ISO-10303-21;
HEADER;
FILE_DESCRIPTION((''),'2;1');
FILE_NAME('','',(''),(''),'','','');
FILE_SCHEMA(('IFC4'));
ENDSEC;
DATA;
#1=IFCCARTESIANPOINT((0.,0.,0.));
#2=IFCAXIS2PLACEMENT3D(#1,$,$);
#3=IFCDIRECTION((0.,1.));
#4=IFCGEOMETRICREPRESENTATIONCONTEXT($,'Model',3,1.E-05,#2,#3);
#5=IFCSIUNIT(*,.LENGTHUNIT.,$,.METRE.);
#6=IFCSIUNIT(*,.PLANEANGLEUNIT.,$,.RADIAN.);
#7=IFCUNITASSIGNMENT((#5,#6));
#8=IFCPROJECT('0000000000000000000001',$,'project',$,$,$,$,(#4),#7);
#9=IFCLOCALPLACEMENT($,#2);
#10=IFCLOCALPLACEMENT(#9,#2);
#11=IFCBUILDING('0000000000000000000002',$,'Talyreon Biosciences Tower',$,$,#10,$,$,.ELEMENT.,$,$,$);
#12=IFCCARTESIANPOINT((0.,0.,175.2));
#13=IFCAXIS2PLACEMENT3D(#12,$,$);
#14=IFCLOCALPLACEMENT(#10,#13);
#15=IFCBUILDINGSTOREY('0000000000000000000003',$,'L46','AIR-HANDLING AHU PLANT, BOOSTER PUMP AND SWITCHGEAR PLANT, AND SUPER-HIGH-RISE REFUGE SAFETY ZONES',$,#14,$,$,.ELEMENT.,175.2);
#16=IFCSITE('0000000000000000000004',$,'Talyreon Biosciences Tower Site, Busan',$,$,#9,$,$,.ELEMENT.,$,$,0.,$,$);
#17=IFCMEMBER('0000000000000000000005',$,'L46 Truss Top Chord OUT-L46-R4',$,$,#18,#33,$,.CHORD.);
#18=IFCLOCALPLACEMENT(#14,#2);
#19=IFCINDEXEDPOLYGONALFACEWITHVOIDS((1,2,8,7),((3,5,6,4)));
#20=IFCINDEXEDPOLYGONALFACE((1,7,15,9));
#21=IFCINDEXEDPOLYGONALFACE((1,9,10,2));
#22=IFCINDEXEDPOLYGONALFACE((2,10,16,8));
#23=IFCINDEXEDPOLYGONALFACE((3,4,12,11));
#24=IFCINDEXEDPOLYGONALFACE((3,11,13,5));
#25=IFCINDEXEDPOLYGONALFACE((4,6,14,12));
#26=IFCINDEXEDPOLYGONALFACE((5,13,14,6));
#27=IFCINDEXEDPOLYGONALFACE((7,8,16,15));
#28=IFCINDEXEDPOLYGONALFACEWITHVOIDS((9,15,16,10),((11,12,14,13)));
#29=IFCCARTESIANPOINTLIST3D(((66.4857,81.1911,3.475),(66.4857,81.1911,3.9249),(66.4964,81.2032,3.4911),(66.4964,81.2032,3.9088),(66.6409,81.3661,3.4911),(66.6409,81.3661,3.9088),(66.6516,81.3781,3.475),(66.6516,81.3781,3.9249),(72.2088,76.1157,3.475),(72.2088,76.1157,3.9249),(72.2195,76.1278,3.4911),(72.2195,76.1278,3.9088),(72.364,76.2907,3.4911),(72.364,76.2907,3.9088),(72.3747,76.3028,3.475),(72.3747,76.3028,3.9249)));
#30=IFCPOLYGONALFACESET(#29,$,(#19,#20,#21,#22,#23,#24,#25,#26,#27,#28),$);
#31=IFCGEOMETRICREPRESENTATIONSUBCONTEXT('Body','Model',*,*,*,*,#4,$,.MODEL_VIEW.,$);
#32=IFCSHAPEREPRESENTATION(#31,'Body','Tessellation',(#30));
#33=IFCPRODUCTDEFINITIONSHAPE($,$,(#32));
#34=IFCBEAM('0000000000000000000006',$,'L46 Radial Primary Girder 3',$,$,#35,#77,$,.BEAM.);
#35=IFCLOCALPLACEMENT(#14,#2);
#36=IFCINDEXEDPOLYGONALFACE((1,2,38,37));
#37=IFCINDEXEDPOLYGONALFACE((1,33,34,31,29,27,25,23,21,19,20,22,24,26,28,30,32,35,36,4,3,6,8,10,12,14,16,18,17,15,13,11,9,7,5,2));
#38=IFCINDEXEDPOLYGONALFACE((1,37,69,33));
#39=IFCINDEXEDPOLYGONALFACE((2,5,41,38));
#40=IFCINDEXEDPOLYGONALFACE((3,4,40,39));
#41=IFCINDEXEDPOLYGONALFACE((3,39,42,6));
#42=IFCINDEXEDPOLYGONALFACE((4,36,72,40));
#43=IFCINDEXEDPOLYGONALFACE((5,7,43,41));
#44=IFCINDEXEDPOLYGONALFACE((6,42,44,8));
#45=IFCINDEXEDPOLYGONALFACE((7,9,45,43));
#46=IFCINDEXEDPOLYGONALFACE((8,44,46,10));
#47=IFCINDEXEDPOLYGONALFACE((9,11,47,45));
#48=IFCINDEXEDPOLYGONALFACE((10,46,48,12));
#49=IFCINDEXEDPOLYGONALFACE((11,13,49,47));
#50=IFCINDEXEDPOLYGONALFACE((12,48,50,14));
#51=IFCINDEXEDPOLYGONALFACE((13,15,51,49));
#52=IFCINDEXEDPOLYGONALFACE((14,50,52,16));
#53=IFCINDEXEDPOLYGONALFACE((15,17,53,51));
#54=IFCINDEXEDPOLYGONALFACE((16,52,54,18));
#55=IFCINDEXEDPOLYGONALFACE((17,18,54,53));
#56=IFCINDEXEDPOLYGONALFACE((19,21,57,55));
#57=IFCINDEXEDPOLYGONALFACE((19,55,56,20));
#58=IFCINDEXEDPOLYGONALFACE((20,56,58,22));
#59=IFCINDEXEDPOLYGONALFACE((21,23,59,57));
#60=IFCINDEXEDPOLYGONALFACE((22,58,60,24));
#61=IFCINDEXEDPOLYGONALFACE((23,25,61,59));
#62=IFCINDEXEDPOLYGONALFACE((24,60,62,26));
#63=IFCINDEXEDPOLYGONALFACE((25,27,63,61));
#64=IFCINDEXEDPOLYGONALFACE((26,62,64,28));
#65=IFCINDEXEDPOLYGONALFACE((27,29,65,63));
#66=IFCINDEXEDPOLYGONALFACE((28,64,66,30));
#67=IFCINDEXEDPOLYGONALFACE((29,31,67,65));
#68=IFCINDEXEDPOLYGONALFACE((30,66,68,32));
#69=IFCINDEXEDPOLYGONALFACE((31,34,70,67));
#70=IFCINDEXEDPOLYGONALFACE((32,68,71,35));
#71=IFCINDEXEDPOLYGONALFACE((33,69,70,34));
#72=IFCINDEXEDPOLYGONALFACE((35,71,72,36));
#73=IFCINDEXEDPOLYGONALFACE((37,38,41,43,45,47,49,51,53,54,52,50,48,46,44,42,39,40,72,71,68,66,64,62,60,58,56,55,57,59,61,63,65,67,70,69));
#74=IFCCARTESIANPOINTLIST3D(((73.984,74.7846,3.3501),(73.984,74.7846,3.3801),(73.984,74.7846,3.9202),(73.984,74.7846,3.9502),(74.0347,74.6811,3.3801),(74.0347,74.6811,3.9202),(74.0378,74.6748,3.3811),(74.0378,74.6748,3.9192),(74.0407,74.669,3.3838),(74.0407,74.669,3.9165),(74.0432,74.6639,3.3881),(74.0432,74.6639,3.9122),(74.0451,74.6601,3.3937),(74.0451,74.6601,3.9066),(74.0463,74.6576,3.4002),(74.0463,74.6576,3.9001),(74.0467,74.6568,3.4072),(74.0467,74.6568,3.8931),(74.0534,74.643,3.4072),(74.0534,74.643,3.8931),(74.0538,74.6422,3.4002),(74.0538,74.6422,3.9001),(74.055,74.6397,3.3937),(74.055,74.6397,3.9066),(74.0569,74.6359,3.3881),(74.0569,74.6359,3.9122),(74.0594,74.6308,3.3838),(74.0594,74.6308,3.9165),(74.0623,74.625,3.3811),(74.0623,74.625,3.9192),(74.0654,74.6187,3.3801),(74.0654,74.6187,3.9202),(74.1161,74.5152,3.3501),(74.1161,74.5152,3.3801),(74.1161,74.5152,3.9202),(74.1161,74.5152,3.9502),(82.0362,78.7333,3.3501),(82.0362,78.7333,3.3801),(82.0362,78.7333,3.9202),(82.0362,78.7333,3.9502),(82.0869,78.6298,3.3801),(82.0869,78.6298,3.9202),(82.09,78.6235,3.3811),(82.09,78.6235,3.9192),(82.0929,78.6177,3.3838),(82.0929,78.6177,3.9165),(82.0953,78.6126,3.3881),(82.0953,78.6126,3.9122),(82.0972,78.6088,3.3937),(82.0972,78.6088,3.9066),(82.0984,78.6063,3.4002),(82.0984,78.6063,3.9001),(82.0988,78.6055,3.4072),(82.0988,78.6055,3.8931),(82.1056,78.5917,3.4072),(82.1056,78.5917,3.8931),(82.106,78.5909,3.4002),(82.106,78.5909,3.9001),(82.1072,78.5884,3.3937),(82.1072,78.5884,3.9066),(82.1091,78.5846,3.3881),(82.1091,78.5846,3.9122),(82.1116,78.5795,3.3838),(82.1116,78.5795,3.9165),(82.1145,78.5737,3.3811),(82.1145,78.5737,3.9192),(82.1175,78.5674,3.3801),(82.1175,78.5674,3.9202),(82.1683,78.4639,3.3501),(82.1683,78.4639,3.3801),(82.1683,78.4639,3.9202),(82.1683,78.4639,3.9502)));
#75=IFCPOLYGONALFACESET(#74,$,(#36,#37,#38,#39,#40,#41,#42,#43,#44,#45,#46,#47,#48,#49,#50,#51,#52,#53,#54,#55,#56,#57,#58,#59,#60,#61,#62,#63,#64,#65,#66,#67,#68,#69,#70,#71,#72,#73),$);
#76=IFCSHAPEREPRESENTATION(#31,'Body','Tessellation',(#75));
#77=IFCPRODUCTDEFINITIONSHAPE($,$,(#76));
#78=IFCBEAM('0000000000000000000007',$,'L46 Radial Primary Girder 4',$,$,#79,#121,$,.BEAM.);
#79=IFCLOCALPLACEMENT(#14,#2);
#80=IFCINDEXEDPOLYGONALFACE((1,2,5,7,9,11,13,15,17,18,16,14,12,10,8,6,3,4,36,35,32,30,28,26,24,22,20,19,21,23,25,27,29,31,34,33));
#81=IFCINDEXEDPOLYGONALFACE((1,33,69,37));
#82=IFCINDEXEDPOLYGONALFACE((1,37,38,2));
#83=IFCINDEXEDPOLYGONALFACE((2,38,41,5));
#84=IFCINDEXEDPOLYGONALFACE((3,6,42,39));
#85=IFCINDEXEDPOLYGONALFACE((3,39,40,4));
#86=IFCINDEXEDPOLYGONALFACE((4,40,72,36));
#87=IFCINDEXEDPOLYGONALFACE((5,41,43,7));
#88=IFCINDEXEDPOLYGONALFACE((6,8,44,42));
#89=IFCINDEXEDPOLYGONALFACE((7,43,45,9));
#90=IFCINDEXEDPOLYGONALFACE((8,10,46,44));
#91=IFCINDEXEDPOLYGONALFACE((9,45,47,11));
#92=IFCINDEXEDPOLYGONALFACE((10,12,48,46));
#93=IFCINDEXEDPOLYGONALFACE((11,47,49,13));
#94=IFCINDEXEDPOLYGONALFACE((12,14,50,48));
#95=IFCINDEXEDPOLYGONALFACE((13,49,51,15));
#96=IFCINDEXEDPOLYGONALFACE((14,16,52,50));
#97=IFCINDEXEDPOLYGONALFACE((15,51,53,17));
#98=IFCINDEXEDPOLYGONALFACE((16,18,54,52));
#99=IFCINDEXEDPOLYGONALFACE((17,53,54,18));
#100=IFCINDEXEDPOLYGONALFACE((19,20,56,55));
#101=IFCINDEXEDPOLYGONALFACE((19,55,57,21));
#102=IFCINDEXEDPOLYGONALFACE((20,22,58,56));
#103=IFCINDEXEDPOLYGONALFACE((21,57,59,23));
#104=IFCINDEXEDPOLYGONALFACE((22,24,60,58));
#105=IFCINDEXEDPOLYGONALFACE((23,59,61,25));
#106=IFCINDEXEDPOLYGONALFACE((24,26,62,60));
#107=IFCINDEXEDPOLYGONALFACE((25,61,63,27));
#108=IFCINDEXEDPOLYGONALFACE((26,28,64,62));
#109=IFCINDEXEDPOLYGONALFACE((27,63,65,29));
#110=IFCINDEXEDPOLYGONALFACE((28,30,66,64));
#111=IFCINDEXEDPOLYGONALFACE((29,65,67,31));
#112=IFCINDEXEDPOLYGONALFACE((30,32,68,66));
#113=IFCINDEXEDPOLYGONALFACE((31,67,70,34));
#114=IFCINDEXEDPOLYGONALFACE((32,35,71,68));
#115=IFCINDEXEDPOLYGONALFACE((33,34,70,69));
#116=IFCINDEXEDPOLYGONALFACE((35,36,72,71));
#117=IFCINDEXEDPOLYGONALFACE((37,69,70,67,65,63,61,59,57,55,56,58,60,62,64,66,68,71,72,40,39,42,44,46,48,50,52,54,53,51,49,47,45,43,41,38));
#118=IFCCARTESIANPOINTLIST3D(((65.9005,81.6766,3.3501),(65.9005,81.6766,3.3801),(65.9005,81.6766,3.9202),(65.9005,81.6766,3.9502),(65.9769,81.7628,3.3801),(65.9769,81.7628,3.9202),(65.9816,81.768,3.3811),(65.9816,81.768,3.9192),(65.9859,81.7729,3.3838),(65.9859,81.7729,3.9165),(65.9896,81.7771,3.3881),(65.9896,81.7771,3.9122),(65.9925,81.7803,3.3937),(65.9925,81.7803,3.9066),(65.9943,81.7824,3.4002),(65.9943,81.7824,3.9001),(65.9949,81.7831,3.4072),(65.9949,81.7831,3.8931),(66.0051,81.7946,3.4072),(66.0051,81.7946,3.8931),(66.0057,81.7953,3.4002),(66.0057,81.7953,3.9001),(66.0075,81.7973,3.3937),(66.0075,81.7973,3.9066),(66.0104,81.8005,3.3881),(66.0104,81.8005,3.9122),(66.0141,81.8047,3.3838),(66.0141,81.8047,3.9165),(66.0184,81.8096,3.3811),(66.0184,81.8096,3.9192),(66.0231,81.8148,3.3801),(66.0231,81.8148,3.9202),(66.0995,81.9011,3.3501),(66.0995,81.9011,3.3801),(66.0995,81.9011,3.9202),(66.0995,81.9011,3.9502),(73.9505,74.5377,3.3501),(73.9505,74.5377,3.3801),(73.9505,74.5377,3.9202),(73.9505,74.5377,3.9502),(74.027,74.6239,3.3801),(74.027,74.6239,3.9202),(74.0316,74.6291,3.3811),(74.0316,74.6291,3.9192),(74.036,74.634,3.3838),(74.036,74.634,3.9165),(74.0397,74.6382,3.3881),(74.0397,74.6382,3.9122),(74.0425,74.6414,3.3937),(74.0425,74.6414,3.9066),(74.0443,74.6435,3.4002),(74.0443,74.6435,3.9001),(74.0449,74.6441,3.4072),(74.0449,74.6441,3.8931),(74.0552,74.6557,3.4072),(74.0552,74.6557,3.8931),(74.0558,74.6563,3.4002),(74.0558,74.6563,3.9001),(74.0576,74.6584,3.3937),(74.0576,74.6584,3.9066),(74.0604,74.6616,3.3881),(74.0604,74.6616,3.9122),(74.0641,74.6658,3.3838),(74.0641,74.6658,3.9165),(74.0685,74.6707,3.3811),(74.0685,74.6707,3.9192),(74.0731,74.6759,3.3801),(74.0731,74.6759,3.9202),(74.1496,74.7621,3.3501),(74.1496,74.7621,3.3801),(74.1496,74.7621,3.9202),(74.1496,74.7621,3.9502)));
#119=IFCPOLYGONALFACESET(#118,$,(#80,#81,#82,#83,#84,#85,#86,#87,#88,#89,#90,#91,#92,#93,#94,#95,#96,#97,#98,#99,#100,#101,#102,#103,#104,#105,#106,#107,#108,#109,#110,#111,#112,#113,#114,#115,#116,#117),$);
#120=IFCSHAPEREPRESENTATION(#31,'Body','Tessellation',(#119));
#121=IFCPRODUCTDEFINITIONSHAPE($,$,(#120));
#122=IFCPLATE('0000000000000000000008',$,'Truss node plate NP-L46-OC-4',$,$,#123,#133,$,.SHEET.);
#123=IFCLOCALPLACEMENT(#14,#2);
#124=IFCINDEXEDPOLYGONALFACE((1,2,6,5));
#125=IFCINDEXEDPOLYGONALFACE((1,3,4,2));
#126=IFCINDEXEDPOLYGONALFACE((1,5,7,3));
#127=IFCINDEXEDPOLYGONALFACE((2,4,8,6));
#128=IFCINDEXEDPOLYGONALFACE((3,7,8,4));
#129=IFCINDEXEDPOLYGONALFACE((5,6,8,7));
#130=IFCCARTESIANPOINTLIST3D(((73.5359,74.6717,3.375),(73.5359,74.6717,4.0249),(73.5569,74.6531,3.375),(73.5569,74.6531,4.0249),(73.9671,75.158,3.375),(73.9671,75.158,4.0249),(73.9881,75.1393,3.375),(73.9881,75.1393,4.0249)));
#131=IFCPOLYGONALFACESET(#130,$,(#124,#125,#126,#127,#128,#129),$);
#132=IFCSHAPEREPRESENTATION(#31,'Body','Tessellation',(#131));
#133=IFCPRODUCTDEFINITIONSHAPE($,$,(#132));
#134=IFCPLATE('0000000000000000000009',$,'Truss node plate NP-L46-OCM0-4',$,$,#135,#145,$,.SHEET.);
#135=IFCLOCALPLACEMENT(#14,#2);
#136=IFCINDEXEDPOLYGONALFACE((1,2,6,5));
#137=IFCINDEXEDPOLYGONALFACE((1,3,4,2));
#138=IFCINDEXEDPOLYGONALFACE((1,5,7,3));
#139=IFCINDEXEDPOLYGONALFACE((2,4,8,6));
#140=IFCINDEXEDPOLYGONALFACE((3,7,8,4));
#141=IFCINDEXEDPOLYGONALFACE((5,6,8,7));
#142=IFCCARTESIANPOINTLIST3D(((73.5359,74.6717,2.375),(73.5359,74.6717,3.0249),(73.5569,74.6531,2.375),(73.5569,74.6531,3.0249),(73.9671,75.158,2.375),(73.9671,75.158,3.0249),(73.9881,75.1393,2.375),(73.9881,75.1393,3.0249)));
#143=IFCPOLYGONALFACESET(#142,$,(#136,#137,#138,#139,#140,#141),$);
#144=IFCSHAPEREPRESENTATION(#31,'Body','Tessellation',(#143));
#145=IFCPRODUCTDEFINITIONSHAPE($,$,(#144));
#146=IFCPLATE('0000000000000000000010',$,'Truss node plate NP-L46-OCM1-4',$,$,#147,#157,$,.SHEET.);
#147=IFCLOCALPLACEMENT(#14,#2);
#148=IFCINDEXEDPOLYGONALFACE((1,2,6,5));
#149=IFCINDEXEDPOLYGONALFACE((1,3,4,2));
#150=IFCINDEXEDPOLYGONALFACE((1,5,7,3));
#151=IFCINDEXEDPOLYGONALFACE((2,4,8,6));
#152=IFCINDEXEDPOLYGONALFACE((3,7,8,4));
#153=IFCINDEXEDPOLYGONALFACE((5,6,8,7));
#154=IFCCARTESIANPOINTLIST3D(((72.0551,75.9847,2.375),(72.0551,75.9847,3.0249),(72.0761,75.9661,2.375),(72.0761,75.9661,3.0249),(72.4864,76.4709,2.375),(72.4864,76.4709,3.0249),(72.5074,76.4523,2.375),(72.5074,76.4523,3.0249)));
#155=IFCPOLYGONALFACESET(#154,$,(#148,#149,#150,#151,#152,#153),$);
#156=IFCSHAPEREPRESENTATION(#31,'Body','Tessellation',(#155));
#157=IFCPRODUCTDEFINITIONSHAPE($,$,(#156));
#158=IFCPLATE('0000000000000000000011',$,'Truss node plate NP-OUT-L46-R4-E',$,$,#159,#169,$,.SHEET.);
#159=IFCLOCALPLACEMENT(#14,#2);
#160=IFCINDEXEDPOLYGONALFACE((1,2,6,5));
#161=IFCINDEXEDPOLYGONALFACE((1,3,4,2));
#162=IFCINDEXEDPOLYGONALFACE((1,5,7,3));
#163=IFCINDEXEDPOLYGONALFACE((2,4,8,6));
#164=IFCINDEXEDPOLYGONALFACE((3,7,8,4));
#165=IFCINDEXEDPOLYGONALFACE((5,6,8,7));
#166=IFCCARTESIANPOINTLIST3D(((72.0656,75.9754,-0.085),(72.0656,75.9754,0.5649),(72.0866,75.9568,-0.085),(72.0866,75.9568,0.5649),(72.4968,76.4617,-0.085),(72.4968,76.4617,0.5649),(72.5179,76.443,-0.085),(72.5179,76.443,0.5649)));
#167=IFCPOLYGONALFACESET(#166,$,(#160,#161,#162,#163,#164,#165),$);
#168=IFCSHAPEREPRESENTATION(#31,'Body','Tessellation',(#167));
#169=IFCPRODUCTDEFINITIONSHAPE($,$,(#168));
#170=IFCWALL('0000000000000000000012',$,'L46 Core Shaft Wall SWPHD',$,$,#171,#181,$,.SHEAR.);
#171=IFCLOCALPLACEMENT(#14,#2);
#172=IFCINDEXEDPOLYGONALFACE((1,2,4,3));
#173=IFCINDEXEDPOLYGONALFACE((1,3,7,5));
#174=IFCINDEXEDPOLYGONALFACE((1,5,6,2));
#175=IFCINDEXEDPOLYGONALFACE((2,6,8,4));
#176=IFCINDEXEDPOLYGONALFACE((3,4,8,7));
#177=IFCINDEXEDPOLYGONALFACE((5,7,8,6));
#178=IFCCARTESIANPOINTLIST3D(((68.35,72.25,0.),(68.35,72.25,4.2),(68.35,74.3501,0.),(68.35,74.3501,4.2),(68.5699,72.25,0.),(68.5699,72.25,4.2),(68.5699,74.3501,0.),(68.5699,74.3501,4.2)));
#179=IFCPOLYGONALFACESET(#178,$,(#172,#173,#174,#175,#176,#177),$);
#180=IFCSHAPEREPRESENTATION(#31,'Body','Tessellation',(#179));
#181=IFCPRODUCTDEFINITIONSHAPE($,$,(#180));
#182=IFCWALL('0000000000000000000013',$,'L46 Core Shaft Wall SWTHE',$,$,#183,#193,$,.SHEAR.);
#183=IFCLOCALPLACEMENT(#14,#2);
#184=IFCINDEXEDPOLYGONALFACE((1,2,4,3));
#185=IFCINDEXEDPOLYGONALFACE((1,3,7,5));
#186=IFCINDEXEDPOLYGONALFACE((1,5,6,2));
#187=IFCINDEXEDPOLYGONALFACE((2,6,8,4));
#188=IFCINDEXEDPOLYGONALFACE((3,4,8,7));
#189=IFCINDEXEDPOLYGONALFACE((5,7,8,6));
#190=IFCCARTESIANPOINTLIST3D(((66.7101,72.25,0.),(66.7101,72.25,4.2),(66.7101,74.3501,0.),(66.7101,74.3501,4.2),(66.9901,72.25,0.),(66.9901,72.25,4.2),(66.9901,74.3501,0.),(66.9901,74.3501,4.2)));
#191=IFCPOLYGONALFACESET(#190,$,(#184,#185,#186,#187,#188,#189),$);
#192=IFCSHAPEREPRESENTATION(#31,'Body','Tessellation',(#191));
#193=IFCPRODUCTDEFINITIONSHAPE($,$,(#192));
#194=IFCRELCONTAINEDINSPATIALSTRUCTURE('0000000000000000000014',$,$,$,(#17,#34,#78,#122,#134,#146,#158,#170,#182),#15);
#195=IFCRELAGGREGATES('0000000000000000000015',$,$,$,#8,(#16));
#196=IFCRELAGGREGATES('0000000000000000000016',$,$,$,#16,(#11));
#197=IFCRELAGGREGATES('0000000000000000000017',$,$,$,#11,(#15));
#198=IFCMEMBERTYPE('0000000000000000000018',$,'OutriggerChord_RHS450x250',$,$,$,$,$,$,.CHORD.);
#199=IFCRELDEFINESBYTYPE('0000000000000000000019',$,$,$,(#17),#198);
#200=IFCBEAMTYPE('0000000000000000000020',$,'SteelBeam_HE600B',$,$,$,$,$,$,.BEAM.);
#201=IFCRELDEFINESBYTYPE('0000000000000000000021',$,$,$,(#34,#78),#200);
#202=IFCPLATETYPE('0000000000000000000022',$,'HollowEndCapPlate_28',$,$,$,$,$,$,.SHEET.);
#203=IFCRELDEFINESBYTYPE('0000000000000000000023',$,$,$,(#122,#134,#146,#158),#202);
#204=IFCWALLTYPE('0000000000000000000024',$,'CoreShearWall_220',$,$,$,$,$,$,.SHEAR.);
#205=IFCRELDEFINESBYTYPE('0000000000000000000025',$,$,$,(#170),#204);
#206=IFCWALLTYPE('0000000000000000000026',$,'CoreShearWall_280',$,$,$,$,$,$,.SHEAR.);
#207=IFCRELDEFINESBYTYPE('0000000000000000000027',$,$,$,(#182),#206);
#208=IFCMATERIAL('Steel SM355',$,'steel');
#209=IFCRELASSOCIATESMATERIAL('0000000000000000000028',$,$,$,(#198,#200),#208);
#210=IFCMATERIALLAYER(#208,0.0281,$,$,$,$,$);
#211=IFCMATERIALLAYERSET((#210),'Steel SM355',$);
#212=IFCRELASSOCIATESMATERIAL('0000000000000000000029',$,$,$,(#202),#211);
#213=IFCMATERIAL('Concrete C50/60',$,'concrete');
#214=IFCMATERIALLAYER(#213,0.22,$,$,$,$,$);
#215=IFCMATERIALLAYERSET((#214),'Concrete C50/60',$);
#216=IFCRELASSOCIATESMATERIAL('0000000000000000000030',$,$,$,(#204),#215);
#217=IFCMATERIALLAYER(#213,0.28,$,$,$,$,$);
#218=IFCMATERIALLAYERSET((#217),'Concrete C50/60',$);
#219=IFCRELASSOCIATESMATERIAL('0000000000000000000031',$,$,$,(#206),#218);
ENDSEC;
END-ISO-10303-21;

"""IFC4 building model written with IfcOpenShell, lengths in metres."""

from ifc_helpers import new_model, si_unit, direction, frame, frame_2d, origin, origin_2d, place, context, subcontext, project, spatial, rectangle, hollow_rectangle, i_section, extrude, material, layer, layer_set, material_profile, profile_set, type_object, element, save


model = new_model("IFC4")

# Units and contexts
model_context = context("Model", 3, precision=1e-05, world=origin(), true_north=direction((0.0, 1.0)))
body_context = subcontext(model_context, "Body", "Model", "MODEL_VIEW")
ifc_project = project(units=[si_unit("LENGTHUNIT", "METRE"), si_unit("PLANEANGLEUNIT", "RADIAN")], contexts=[model_context])

# Site, building, storey
site_placement = place(None, origin())
site = spatial("IfcSite", under=ifc_project, at=site_placement, Name="Talyreon Biosciences Tower Site, Busan", CompositionType="ELEMENT", RefElevation=0.0)
building_placement = place(site_placement, origin())
building = spatial("IfcBuilding", under=site, at=building_placement, Name="Talyreon Biosciences Tower", CompositionType="ELEMENT")
storey_placement = place(building_placement, frame((0.0, 0.0, 175.2)))
storey = spatial("IfcBuildingStorey", under=building, at=storey_placement, Name="L46", Description="AIR-HANDLING AHU PLANT, BOOSTER PUMP AND SWITCHGEAR PLANT, AND SUPER-HIGH-RISE REFUGE SAFETY ZONES", CompositionType="ELEMENT", Elevation=175.2)

# Shared definitions
ifc_material_1 = material(Name="Concrete C50/60", Category="concrete")

# Member
ifc_material_2 = material(Name="Steel SM355", Category="steel")
ifc_material_profile_1 = material_profile(ifc_material_2, hollow_rectangle(XDim=0.25, YDim=0.45, WallThickness=0.0161, at=origin_2d()), Name="RHS 450x250x16")
ifc_profile_set_1 = profile_set([ifc_material_profile_1], Name="Steel SM355")
member_type_1 = type_object("IfcMemberType", Name="OutriggerChord_RHS450x250", PredefinedType="CHORD", material=ifc_profile_set_1)
for number, where, z_axis, x_axis, name in (
    (1, (72.2917, 76.2092, 3.7), (-0.748175, 0.663502, 0.0), (-0.663502, -0.748175, 0.0), "L46 Truss Top Chord OUT-L46-R4"),
):
    element("IfcMember", number, at=place(storey_placement, frame(where, z_axis=z_axis, x_axis=x_axis)), inside=storey, type_object=member_type_1, Name=name, PredefinedType="CHORD", context=body_context, shape_type="SweptSolid", body=[
        extrude(hollow_rectangle(XDim=0.25, YDim=0.45, WallThickness=0.0161, at=origin_2d()), origin(), (0.0, 0.0, 1.0), 7.6494),
    ])

# Beams
ifc_material_profile_2 = material_profile(ifc_material_2, i_section(OverallWidth=0.3, OverallDepth=0.6001, WebThickness=0.0154, FlangeThickness=0.03, FilletRadius=0.0271, at=origin_2d()), Name="HE600B")
ifc_profile_set_2 = profile_set([ifc_material_profile_2], Name="Steel SM355")
beam_type = type_object("IfcBeamType", Name="SteelBeam_HE600B", PredefinedType="BEAM", material=ifc_profile_set_2)
beam_1_placement = place(storey_placement, frame((74.05, 74.6499, 3.6501), z_axis=(0.897852, 0.440297, 0.0), x_axis=(-0.440297, 0.897852, 0.0)))
element("IfcBeam", 2, at=beam_1_placement, inside=storey, type_object=beam_type, Name="L46 Radial Primary Girder 3", PredefinedType="BEAM", context=body_context, shape_type="SweptSolid", body=[
    extrude(i_section(OverallWidth=0.3, OverallDepth=0.6001, WebThickness=0.0154, FlangeThickness=0.03, FilletRadius=0.0271, at=origin_2d()), origin(), (0.0, 0.0, 1.0), 8.9683),
])
beam_2_placement = place(storey_placement, frame((74.05, 74.6499, 3.6501), z_axis=(-0.748179, 0.663497, 0.0), x_axis=(-0.663497, -0.748179, 0.0)))
element("IfcBeam", 3, at=beam_2_placement, inside=storey, type_object=beam_type, Name="L46 Radial Primary Girder 4", PredefinedType="BEAM", context=body_context, shape_type="SweptSolid", body=[
    extrude(i_section(OverallWidth=0.3, OverallDepth=0.6001, WebThickness=0.0154, FlangeThickness=0.03, FilletRadius=0.0271, at=origin_2d()), origin(), (0.0, 0.0, 1.0), 10.7595),
])

# Plates
ifc_layer_1 = layer(ifc_material_2, 0.0281)
ifc_layer_set_1 = layer_set([ifc_layer_1], Name="Steel SM355")
plate_type = type_object("IfcPlateType", Name="HollowEndCapPlate_28", PredefinedType="SHEET", material=ifc_layer_set_1)
for number, where, z_axis, x_axis, name in (
    (4, (73.762, 74.9055, 3.375), (0.0, 0.0, 1.0), (-0.663495, -0.74818, 0.0), "Truss node plate NP-L46-OC-4"),
    (5, (73.762, 74.9055, 2.375), (0.0, 0.0, 1.0), (-0.663495, -0.74818, 0.0), "Truss node plate NP-L46-OCM0-4"),
    (6, (72.2812, 76.2185, 2.375), (0.0, 0.0, 1.0), (-0.663495, -0.74818, 0.0), "Truss node plate NP-L46-OCM1-4"),
    (7, (72.2917, 76.2092, -0.085), (0.0, 0.0, 1.0), (-0.663495, -0.74818, 0.0), "Truss node plate NP-OUT-L46-R4-E"),
):
    element("IfcPlate", number, at=place(storey_placement, frame(where, z_axis=z_axis, x_axis=x_axis)), inside=storey, type_object=plate_type, Name=name, PredefinedType="SHEET", context=body_context, shape_type="SweptSolid", body=[
        extrude(rectangle(XDim=0.6499, YDim=0.0281, at=origin_2d()), origin(), (0.0, 0.0, 1.0), 0.6499),
    ])

# Walls
ifc_layer_2 = layer(ifc_material_1, 0.22)
ifc_layer_set_2 = layer_set([ifc_layer_2], Name="Concrete C50/60")
wall_type_1 = type_object("IfcWallType", Name="CoreShearWall_220", PredefinedType="SHEAR", material=ifc_layer_set_2)
wall_1_placement = place(storey_placement, frame((68.46, 72.25, 0.0), z_axis=(0.0, 0.0, 1.0), x_axis=(0.0, 1.0, 0.0)))
element("IfcWall", 8, at=wall_1_placement, inside=storey, type_object=wall_type_1, Name="L46 Core Shaft Wall SWPHD", PredefinedType="SHEAR", context=body_context, shape_type="SweptSolid", body=[
    extrude(rectangle(XDim=2.1001, YDim=0.22, at=frame_2d((1.05, 0.0))), origin(), (0.0, 0.0, 1.0), 4.2),
])
ifc_layer_3 = layer(ifc_material_1, 0.28)
ifc_layer_set_3 = layer_set([ifc_layer_3], Name="Concrete C50/60")
wall_type_2 = type_object("IfcWallType", Name="CoreShearWall_280", PredefinedType="SHEAR", material=ifc_layer_set_3)
wall_2_placement = place(storey_placement, frame((66.8501, 72.25, 0.0), z_axis=(0.0, 0.0, 1.0), x_axis=(0.0, 1.0, 0.0)))
element("IfcWall", 9, at=wall_2_placement, inside=storey, type_object=wall_type_2, Name="L46 Core Shaft Wall SWTHE", PredefinedType="SHEAR", context=body_context, shape_type="SweptSolid", body=[
    extrude(rectangle(XDim=2.1001, YDim=0.28, at=frame_2d((1.05, 0.0))), origin(), (0.0, 0.0, 1.0), 4.2),
])

save(model, "model.ifc")
